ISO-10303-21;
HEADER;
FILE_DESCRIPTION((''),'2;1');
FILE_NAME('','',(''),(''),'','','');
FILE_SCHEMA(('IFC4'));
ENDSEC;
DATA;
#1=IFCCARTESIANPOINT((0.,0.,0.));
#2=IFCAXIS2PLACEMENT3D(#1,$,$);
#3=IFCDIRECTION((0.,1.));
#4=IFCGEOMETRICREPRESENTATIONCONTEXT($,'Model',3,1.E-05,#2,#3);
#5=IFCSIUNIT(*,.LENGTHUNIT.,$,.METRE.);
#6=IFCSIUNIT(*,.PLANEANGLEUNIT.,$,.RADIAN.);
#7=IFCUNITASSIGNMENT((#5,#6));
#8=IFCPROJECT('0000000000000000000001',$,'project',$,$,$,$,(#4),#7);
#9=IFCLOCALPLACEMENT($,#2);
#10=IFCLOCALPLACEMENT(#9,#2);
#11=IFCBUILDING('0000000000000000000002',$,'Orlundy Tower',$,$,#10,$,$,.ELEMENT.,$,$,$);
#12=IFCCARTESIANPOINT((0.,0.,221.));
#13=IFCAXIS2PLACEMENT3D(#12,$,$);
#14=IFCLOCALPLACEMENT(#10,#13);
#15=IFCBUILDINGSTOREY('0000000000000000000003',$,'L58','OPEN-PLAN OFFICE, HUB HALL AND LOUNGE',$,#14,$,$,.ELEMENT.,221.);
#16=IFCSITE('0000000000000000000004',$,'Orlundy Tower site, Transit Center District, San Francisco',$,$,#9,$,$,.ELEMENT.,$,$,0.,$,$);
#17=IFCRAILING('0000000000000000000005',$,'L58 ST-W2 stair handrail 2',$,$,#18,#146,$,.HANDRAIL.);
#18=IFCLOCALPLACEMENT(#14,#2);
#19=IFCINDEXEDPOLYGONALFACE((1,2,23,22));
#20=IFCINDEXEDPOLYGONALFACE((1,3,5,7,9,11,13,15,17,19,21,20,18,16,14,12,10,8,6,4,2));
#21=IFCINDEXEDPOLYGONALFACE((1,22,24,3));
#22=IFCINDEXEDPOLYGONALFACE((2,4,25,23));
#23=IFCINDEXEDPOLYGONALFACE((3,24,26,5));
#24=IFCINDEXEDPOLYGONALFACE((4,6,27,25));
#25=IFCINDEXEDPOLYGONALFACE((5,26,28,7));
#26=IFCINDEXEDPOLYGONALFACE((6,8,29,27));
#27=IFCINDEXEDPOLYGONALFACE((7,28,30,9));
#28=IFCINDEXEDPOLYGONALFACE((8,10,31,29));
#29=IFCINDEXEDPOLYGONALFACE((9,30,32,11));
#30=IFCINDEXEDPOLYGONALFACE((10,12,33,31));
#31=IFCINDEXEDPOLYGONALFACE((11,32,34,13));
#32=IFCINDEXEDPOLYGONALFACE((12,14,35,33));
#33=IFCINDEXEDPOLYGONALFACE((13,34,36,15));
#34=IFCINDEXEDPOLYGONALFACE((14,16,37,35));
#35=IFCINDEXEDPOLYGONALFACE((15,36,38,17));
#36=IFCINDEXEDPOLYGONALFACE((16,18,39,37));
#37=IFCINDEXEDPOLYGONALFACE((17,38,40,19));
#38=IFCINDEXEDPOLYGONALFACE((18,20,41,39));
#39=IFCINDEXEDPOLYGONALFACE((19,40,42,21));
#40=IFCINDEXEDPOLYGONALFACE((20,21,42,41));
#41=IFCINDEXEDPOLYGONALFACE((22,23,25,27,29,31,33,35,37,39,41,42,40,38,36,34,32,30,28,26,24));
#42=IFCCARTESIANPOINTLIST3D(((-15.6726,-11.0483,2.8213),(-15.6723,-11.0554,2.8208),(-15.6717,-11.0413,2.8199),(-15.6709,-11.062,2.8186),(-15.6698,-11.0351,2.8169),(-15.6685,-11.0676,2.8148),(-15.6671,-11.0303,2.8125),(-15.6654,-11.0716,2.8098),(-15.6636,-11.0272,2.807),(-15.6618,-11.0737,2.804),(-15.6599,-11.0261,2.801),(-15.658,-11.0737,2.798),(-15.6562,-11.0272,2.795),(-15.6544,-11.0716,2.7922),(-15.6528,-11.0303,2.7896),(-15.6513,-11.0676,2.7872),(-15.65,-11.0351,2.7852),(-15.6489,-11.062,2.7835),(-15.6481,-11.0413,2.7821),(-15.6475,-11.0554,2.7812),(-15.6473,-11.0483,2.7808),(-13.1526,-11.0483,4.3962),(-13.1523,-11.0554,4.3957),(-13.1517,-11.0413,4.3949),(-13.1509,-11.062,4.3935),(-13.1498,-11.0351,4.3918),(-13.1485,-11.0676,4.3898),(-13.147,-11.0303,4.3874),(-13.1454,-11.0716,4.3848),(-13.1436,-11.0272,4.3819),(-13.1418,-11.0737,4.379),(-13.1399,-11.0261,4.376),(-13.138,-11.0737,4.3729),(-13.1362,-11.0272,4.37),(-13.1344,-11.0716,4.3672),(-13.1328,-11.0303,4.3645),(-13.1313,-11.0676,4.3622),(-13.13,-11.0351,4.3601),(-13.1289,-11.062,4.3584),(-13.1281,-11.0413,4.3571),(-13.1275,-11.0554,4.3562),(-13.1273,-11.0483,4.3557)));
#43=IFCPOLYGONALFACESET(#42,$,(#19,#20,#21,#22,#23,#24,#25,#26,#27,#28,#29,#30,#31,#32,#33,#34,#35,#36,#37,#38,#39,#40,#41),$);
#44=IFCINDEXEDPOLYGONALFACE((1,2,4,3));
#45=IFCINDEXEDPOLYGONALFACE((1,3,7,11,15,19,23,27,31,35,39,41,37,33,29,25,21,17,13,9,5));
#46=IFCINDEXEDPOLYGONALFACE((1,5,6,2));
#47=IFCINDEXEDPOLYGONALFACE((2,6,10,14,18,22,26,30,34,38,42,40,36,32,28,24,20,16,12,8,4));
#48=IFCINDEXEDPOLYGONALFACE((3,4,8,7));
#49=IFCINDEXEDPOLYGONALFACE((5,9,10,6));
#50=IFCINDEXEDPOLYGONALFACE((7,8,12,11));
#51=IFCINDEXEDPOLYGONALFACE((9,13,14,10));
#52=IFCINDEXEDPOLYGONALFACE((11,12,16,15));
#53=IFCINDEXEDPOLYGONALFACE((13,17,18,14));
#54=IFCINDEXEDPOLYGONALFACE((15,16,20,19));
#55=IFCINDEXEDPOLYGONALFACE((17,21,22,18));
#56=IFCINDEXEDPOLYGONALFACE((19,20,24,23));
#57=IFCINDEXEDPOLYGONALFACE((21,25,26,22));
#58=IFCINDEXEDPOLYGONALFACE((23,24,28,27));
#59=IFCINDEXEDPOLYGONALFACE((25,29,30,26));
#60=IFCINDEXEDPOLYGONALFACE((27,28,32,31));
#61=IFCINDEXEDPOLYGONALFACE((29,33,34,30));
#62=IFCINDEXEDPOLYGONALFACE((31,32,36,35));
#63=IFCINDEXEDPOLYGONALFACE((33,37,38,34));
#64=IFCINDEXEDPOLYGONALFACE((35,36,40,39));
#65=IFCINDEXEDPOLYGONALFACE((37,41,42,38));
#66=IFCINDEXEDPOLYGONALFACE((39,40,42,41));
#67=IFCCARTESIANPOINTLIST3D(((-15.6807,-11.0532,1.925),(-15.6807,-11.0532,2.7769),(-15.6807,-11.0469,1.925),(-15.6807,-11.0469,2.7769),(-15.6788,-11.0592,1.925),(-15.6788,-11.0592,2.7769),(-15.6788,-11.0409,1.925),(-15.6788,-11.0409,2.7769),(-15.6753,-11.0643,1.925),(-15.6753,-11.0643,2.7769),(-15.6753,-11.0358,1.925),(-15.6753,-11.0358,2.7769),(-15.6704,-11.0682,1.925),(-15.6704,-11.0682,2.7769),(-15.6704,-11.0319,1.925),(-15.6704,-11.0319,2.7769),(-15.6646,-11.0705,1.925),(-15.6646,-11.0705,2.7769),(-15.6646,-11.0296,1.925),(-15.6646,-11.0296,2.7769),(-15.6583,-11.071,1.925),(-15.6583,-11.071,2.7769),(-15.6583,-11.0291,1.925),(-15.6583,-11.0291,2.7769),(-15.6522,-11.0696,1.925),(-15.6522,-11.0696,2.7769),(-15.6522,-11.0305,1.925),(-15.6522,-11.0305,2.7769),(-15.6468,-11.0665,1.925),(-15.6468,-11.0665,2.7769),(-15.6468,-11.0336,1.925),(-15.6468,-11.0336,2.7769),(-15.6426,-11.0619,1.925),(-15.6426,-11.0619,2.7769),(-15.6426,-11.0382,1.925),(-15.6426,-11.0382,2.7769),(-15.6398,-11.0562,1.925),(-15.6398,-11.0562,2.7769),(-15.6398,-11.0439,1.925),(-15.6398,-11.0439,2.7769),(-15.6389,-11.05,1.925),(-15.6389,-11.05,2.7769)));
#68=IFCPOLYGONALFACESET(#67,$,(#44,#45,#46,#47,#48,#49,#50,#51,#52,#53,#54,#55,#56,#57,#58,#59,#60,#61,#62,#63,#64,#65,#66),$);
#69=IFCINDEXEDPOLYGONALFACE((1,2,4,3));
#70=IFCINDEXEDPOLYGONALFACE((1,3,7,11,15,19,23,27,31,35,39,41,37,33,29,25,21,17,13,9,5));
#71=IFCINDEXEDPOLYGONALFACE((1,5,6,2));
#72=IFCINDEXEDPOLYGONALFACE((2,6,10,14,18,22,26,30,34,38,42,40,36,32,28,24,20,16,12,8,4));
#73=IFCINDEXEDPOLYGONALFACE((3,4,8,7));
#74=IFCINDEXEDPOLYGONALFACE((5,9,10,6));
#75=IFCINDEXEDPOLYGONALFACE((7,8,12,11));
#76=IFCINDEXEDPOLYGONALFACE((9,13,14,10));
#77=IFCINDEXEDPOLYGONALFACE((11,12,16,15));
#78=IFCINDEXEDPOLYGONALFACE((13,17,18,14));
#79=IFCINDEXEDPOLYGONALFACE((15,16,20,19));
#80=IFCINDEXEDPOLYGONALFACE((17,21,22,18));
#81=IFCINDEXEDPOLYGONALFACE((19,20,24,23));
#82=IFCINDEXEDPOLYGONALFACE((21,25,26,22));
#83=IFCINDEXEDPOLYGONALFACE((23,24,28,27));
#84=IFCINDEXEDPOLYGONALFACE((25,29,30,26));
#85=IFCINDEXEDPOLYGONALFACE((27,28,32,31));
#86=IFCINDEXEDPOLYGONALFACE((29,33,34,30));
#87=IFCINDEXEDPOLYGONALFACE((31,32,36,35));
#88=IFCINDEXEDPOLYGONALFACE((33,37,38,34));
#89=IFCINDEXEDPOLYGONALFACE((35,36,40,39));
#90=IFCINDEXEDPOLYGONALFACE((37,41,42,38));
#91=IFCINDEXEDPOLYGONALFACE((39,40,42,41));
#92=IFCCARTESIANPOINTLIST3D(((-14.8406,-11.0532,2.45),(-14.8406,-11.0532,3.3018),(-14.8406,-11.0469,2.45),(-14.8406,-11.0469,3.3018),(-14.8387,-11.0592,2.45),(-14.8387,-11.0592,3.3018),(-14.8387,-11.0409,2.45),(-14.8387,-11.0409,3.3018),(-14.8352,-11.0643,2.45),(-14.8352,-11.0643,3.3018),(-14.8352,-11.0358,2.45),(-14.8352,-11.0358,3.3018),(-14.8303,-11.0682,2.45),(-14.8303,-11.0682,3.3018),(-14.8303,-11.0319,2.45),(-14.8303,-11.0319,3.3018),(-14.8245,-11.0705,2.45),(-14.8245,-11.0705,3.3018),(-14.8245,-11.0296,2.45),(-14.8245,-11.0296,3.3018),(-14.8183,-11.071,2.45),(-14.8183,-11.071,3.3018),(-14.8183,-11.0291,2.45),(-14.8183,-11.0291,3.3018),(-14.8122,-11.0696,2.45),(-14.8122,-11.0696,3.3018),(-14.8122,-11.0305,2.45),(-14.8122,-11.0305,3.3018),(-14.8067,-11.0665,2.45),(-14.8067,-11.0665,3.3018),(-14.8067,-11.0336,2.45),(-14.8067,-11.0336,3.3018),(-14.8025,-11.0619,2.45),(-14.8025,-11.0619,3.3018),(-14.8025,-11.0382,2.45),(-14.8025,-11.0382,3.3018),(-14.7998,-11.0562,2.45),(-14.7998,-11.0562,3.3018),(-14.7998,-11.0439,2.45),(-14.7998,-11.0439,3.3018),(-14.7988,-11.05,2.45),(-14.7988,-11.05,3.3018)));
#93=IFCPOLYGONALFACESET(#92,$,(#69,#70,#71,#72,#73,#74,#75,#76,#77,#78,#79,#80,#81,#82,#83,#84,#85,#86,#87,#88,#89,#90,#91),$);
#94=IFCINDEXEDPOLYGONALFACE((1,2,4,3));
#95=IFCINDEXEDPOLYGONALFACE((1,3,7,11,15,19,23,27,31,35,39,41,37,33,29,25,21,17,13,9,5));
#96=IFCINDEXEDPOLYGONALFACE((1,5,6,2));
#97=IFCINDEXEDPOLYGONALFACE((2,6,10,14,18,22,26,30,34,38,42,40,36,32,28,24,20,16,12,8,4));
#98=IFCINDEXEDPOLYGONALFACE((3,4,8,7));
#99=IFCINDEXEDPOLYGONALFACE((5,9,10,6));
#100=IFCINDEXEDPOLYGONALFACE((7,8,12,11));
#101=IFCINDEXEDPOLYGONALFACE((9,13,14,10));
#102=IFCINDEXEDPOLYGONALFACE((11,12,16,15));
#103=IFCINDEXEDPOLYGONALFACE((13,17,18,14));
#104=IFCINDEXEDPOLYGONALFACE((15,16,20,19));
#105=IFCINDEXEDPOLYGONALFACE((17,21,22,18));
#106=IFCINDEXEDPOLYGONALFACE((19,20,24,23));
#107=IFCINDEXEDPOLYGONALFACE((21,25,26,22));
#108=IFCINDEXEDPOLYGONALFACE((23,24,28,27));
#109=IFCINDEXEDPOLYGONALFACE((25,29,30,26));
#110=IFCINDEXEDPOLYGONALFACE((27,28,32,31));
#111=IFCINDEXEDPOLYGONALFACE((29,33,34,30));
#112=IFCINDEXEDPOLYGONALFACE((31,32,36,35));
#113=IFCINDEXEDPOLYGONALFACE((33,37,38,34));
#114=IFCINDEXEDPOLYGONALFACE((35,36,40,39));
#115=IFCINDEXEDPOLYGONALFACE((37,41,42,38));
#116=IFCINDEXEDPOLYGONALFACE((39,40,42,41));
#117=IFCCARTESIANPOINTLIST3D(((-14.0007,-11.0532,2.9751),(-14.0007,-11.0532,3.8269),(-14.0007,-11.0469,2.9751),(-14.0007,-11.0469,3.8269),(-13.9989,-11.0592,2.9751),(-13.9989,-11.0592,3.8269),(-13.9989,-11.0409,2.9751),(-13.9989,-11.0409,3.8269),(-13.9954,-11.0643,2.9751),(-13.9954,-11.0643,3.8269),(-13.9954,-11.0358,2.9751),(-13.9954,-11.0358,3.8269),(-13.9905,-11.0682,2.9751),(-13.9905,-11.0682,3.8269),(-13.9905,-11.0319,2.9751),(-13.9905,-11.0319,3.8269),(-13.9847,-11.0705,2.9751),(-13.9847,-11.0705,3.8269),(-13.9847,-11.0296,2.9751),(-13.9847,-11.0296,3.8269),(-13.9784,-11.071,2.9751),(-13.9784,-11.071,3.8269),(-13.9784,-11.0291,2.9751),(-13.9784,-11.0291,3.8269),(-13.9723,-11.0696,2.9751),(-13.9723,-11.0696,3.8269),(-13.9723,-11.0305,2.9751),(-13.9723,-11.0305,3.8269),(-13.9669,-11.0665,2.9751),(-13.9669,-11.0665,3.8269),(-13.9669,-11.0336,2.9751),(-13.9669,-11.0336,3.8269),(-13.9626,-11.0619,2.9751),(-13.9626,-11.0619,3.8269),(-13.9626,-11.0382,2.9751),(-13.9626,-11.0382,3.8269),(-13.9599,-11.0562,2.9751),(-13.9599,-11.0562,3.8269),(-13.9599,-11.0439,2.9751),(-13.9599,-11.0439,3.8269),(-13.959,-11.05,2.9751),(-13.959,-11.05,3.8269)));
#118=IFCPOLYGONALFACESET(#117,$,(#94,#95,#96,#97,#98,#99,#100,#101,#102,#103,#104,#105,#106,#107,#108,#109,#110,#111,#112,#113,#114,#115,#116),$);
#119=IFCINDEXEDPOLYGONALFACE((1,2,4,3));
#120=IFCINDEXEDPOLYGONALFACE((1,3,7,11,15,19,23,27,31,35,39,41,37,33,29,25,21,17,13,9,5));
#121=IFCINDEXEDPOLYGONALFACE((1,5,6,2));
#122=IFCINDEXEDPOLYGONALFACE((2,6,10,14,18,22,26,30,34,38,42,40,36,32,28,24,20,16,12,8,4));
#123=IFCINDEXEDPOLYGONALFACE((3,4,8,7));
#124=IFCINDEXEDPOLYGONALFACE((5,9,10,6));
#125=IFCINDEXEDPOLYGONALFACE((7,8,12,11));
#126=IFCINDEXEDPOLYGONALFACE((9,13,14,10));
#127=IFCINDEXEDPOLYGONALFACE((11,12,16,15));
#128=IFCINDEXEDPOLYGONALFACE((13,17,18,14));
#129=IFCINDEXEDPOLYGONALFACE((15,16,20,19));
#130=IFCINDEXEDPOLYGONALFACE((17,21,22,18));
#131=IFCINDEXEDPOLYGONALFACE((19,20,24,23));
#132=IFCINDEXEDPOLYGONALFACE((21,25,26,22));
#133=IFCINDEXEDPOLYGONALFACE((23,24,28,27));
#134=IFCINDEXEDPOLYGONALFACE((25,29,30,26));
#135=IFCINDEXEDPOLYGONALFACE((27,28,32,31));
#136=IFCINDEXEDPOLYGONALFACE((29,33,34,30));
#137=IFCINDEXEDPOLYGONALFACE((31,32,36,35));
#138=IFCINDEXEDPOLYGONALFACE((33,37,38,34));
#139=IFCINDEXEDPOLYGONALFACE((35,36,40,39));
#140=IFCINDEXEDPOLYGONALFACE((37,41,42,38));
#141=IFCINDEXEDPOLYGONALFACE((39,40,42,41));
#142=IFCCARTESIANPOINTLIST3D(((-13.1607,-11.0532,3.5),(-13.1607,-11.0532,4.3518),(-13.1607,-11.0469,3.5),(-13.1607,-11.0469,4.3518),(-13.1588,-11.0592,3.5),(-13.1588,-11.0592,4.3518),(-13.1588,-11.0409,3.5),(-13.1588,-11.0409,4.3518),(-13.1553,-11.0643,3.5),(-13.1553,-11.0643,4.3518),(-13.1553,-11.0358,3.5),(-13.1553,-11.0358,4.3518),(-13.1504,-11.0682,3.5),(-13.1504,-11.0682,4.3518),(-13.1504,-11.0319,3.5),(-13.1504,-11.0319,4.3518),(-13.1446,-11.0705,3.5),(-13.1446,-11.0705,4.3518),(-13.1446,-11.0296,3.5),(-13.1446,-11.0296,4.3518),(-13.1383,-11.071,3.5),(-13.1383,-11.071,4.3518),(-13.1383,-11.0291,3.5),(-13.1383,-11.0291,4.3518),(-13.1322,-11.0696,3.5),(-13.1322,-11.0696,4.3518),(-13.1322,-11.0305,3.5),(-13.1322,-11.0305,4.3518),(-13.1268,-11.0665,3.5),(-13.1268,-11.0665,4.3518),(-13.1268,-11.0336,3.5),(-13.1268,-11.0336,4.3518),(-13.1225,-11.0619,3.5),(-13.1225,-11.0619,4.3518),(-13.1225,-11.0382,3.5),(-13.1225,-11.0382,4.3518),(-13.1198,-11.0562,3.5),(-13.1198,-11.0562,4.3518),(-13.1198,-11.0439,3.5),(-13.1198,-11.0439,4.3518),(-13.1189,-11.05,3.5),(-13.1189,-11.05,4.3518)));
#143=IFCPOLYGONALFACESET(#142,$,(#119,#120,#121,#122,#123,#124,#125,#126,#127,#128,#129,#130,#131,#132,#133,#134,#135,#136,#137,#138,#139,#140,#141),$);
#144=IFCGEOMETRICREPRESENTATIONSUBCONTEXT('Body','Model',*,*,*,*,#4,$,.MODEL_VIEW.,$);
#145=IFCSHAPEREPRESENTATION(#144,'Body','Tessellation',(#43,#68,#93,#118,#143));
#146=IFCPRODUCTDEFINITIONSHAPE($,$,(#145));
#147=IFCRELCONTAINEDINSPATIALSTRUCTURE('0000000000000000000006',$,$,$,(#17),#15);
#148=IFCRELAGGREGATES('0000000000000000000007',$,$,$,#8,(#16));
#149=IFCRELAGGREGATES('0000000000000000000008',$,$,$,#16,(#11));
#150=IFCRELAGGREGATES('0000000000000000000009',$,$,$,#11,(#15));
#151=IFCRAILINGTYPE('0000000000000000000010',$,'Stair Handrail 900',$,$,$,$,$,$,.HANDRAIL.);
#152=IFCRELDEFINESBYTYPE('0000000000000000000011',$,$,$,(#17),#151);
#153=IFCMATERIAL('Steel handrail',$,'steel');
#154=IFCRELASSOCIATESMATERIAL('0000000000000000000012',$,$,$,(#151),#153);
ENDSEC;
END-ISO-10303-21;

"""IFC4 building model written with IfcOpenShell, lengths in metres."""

from ifc_helpers import new_model, si_unit, direction, frame, origin, origin_2d, place, context, subcontext, project, spatial, circle, extrude, material, type_object, element, save


model = new_model("IFC4")

# Units and contexts
model_context = context("Model", 3, precision=1e-05, world=origin(), true_north=direction((0.0, 1.0)))
body_context = subcontext(model_context, "Body", "Model", "MODEL_VIEW")
ifc_project = project(units=[si_unit("LENGTHUNIT", "METRE"), si_unit("PLANEANGLEUNIT", "RADIAN")], contexts=[model_context])

# Site, building, storey
site_placement = place(None, origin())
site = spatial("IfcSite", under=ifc_project, at=site_placement, Name="Orlundy Tower site, Transit Center District, San Francisco", CompositionType="ELEMENT", RefElevation=0.0)
building_placement = place(site_placement, origin())
building = spatial("IfcBuilding", under=site, at=building_placement, Name="Orlundy Tower", CompositionType="ELEMENT")
storey_placement = place(building_placement, frame((0.0, 0.0, 221.0)))
storey = spatial("IfcBuildingStorey", under=building, at=storey_placement, Name="L58", Description="OPEN-PLAN OFFICE, HUB HALL AND LOUNGE", CompositionType="ELEMENT", Elevation=221.0)

# Railing
ifc_material_1 = material(Name="Steel handrail", Category="steel")
railing_type_1 = type_object("IfcRailingType", Name="Stair Handrail 900", PredefinedType="HANDRAIL", material=ifc_material_1)
railing_1_placement = place(storey_placement, frame((-15.6599, -11.05, 1.925)))
element("IfcRailing", 1, at=railing_1_placement, inside=storey, type_object=railing_type_1, Name="L58 ST-W2 stair handrail 2", PredefinedType="HANDRAIL", context=body_context, shape_type="SweptSolid", body=[
    extrude(circle(Radius=0.0239, at=origin_2d()), frame((0.0, 0.0, 0.876), z_axis=(0.848008, 0.0, 0.529984), x_axis=(0.0, 1.0, 0.0)), (0.0, 0.0, 1.0), 2.9717),
    extrude(circle(Radius=0.021, at=origin_2d()), origin(), (0.0, 0.0, 1.0), 0.8518),
    extrude(circle(Radius=0.021, at=origin_2d()), frame((0.8401, 0.0, 0.5249)), (0.0, 0.0, 1.0), 0.8518),
    extrude(circle(Radius=0.021, at=origin_2d()), frame((1.6799, 0.0, 1.05)), (0.0, 0.0, 1.0), 0.8518),
    extrude(circle(Radius=0.021, at=origin_2d()), frame((2.52, 0.0, 1.575)), (0.0, 0.0, 1.0), 0.8518),
])

save(model, "model.ifc")
